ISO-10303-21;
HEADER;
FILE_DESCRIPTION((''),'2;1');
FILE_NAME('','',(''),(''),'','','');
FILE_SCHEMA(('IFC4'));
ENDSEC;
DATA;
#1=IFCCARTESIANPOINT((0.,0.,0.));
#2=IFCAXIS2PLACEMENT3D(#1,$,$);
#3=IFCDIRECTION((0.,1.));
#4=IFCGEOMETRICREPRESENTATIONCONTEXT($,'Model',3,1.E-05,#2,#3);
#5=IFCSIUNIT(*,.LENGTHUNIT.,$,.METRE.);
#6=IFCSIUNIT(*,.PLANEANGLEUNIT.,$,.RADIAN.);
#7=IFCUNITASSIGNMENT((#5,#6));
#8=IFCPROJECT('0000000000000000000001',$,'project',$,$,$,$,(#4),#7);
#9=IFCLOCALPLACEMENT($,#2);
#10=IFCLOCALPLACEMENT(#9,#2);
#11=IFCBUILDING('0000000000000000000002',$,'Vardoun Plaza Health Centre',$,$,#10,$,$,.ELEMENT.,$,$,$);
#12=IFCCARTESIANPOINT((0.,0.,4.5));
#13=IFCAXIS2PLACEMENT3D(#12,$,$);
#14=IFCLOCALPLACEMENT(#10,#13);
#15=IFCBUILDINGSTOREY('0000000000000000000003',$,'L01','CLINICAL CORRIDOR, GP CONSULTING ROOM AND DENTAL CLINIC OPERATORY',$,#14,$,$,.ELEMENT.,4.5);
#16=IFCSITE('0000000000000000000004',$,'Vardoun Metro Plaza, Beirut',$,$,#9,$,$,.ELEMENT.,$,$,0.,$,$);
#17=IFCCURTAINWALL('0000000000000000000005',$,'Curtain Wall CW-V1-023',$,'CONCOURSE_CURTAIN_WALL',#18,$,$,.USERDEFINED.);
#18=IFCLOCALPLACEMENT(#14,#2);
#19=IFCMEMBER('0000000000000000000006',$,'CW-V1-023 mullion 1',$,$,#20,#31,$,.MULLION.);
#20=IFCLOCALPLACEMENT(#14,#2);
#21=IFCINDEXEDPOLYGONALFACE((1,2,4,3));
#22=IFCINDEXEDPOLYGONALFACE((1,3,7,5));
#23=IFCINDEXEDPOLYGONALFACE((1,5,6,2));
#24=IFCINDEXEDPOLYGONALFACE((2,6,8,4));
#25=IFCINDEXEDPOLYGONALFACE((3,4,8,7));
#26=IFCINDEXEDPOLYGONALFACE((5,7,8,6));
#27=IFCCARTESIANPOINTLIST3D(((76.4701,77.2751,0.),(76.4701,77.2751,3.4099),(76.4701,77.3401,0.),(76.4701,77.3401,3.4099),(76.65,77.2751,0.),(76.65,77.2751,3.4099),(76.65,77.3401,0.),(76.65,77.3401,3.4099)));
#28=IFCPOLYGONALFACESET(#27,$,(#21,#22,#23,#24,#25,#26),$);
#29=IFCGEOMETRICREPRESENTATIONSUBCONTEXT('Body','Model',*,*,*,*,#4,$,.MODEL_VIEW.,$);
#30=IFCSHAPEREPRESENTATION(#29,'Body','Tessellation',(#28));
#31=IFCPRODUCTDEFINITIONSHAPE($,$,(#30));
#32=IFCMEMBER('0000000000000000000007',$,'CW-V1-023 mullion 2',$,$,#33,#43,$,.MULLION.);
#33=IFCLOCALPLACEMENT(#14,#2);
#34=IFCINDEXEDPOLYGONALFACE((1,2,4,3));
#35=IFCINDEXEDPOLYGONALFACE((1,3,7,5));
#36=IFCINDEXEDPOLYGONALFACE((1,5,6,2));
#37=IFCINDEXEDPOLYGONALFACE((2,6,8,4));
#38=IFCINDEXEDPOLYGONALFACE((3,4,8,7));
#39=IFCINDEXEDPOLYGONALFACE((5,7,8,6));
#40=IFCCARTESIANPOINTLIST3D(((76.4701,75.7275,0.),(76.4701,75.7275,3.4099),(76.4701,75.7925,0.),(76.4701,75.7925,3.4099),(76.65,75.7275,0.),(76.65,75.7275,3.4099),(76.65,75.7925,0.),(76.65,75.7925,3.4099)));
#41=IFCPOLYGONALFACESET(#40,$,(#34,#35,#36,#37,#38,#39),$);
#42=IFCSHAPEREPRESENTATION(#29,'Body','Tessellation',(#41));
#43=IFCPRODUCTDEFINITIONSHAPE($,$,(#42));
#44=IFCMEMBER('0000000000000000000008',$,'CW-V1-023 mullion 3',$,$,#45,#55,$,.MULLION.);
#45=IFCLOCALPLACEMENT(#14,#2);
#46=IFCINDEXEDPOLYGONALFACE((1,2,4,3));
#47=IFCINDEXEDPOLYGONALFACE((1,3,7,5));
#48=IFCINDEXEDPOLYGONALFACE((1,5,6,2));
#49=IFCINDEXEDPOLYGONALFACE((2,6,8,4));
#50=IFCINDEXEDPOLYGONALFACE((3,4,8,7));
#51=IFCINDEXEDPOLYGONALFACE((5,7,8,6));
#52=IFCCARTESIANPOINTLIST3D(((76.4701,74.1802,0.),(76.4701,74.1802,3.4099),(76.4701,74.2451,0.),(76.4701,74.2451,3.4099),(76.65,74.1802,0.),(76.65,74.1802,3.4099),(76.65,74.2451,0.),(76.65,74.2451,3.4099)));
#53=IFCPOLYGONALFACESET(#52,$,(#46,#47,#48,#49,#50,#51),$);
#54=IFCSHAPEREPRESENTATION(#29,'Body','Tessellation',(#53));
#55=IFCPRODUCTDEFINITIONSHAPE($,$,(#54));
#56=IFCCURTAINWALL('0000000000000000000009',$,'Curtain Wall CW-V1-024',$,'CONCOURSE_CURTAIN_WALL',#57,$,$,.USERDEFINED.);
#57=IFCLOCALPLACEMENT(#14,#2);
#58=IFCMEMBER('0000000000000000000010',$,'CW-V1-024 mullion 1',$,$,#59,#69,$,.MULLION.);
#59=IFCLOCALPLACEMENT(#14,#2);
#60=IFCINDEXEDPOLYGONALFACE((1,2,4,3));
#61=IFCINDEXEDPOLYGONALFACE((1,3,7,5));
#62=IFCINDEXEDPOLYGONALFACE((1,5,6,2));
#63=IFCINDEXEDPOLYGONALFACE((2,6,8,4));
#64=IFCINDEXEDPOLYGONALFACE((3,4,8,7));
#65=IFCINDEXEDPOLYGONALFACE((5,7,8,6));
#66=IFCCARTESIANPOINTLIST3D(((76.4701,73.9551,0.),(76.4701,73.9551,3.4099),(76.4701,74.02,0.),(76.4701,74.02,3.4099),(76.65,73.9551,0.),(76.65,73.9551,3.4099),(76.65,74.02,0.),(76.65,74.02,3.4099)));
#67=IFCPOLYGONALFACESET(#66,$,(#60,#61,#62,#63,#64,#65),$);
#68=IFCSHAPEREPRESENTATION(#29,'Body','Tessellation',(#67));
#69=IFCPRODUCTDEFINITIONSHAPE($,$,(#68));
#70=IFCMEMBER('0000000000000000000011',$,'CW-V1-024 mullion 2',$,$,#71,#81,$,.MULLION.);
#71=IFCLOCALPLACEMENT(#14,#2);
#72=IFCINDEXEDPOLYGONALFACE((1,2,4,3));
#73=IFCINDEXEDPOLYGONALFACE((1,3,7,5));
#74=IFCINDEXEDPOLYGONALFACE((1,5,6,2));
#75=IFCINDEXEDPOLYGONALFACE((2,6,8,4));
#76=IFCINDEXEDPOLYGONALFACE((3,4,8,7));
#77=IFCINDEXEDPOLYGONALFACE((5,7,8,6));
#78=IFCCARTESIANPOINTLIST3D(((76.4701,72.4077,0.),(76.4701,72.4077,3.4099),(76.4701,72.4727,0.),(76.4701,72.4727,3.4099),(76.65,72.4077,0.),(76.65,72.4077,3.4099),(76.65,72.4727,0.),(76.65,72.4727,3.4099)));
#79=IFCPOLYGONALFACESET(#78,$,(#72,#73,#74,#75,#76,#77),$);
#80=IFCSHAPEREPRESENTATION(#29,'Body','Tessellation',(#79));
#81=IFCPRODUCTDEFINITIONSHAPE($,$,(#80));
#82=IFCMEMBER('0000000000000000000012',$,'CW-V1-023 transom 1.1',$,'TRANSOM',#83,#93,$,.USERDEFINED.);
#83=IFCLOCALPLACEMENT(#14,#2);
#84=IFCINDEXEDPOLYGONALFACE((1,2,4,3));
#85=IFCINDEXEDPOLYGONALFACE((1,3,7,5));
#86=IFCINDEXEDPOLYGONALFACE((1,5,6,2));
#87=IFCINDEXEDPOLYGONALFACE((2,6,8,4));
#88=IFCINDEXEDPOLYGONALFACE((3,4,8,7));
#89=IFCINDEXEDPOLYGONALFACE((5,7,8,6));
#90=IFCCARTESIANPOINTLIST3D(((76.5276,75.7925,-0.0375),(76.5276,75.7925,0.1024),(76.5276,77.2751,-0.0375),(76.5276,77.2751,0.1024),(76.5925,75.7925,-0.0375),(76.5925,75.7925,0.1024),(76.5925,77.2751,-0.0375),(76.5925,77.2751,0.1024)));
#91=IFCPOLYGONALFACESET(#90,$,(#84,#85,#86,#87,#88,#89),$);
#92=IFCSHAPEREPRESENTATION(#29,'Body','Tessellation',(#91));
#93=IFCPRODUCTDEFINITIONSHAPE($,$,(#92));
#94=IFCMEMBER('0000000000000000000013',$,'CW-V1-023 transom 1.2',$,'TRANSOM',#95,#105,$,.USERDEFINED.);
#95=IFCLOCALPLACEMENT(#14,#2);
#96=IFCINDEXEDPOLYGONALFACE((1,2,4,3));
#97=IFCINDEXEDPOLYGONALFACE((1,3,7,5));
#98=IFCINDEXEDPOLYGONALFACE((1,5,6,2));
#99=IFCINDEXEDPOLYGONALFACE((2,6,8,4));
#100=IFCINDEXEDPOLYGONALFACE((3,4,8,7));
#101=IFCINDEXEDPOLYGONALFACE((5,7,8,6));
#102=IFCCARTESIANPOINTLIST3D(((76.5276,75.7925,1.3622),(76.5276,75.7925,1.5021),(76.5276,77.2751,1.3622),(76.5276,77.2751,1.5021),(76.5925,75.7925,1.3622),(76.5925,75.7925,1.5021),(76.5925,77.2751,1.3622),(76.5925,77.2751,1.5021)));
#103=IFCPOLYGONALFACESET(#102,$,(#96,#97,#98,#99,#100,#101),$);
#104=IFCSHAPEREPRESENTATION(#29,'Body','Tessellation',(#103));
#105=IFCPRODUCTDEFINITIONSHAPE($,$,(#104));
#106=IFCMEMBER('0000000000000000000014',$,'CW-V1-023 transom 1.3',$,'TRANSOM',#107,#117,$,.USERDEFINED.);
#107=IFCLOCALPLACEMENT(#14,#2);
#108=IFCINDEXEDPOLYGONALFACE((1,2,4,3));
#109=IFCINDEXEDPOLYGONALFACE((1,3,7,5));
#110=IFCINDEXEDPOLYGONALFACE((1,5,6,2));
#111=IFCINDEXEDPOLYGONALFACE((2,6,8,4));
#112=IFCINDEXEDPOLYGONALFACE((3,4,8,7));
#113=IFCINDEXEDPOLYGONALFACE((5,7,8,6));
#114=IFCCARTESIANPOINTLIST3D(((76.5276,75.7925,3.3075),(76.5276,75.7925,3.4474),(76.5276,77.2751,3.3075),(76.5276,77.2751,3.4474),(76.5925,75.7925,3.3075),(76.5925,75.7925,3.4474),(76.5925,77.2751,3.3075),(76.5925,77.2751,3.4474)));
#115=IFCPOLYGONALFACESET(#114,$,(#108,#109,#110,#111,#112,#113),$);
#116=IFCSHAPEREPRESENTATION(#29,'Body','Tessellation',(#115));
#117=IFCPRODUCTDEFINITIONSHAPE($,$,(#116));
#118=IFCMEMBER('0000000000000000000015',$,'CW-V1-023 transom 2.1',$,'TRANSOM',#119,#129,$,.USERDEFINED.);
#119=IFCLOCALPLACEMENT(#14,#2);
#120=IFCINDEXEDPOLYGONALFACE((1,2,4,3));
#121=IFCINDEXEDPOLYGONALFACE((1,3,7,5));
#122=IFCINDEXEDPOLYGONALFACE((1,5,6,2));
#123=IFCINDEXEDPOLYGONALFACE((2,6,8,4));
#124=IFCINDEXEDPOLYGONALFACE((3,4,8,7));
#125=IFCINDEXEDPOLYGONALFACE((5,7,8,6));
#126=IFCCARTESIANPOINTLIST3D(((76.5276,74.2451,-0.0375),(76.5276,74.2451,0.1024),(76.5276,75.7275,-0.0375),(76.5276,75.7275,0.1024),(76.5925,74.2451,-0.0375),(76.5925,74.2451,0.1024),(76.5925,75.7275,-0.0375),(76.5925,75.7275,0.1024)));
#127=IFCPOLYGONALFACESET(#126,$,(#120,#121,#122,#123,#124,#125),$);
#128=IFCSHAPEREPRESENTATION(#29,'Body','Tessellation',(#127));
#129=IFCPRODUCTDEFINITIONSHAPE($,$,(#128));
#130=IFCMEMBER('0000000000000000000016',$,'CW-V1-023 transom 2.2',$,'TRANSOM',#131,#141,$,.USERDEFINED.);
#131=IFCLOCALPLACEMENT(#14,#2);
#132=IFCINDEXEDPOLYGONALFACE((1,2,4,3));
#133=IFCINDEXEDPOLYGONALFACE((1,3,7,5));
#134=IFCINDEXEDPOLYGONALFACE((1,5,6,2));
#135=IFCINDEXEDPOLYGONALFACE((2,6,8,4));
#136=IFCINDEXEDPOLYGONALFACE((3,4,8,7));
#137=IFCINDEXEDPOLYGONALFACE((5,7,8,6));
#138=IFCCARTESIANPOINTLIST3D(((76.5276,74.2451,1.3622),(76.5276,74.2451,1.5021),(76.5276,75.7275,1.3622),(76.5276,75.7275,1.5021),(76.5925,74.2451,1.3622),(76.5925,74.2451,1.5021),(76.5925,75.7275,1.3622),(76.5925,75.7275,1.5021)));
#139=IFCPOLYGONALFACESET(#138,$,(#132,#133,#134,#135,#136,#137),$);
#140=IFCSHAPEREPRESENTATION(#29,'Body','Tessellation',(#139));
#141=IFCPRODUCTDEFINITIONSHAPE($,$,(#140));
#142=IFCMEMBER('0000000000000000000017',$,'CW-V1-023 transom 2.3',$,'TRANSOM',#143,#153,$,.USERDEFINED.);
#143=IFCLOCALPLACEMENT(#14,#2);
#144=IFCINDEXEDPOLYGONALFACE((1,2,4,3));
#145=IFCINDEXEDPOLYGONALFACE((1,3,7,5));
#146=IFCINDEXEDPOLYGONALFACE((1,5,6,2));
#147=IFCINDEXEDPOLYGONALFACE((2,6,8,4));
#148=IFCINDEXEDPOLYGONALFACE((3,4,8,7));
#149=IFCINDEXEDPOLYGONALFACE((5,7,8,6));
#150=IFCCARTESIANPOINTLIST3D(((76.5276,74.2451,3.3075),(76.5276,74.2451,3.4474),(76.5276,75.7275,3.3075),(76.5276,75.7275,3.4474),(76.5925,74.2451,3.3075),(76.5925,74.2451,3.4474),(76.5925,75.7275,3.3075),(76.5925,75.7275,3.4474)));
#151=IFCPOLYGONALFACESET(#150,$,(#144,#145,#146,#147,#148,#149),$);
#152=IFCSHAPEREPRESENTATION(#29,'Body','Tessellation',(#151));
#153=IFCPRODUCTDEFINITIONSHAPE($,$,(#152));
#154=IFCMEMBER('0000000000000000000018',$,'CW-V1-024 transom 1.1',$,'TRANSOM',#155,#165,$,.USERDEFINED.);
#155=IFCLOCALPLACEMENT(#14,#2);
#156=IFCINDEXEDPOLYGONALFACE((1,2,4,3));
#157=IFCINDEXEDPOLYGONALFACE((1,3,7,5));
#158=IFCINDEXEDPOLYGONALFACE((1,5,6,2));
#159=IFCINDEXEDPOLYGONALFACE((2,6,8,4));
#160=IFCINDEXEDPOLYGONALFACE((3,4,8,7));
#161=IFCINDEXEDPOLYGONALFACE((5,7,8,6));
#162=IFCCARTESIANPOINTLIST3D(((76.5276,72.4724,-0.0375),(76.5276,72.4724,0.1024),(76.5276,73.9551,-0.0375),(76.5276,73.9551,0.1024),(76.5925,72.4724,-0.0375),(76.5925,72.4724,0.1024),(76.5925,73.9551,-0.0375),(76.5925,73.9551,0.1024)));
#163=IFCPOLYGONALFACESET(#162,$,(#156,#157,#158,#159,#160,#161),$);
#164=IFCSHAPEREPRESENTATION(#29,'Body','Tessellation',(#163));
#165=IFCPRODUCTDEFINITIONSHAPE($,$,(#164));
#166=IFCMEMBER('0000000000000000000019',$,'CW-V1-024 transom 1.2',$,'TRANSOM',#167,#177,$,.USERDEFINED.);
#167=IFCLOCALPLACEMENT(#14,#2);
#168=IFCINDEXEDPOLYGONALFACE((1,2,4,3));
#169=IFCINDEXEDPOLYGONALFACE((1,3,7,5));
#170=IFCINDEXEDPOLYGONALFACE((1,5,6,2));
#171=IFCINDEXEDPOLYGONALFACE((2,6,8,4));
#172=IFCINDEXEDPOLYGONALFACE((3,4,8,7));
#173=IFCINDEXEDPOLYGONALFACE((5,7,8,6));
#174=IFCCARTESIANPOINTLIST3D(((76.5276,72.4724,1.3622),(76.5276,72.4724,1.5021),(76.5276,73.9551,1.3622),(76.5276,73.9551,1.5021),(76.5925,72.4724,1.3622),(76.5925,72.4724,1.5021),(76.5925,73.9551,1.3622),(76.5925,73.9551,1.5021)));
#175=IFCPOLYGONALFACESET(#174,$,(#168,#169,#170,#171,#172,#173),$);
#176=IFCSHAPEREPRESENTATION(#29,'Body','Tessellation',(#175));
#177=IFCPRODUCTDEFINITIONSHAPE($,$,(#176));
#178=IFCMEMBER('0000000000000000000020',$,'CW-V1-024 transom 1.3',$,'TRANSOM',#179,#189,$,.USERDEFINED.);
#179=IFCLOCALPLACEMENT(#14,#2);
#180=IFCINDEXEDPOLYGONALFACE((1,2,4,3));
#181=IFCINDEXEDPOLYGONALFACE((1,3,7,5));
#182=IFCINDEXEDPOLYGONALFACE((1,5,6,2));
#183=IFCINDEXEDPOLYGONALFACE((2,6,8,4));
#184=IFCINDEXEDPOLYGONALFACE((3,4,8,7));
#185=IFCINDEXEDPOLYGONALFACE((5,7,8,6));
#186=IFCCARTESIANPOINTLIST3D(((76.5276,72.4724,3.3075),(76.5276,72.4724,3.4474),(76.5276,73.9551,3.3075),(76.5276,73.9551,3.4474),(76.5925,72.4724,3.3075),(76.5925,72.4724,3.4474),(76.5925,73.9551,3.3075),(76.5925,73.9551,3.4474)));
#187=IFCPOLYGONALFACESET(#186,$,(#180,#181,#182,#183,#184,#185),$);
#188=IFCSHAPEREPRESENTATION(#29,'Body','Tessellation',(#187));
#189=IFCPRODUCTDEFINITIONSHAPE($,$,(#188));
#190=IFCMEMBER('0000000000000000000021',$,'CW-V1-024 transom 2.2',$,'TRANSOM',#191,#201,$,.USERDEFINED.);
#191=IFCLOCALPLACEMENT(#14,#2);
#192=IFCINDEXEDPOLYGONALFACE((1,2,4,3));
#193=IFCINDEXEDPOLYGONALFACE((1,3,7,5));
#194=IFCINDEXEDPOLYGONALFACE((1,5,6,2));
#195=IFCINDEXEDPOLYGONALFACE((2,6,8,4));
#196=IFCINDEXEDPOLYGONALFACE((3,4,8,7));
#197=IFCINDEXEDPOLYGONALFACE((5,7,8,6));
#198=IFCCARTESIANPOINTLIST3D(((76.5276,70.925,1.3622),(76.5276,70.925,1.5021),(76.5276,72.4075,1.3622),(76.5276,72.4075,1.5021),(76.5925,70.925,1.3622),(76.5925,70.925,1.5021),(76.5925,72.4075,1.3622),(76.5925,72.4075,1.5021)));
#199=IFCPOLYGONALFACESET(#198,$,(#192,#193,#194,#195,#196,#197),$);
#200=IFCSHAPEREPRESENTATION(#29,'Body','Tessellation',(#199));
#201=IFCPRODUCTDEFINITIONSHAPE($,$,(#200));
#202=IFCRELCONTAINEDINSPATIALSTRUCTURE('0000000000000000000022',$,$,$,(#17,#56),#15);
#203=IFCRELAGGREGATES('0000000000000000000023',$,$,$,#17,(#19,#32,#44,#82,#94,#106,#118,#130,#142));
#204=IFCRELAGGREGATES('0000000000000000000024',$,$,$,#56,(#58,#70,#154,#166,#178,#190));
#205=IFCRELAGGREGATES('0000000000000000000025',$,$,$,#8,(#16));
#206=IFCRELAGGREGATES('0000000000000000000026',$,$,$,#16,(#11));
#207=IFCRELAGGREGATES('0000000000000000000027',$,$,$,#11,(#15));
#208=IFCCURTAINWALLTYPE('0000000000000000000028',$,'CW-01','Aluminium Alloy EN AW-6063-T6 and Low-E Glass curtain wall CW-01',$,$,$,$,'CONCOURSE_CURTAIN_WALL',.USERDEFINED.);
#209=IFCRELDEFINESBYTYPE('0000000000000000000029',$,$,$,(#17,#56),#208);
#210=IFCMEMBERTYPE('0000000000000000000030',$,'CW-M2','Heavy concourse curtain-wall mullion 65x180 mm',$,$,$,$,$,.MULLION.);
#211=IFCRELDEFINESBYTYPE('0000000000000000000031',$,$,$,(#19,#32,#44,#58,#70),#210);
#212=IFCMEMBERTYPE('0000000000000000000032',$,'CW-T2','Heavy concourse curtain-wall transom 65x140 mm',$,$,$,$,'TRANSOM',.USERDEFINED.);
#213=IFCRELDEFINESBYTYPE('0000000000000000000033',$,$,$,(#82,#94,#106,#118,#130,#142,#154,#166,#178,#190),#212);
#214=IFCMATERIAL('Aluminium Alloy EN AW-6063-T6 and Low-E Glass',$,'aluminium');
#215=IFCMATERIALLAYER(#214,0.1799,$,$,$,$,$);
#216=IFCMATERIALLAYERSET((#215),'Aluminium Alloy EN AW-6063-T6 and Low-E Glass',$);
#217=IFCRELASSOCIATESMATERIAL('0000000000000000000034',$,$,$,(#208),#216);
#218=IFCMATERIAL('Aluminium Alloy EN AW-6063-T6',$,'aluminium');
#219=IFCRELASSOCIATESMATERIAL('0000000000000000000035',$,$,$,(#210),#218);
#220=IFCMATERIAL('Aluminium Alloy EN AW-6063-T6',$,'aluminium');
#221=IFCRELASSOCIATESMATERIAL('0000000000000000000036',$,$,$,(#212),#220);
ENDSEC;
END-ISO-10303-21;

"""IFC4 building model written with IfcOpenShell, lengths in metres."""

from ifc_helpers import new_model, si_unit, direction, frame, origin, origin_2d, place, context, subcontext, project, spatial, rectangle, extrude, material, layer, layer_set, material_profile, profile_set, type_object, element, aggregate, save


model = new_model("IFC4")

# Units and contexts
model_context = context("Model", 3, precision=1e-05, world=origin(), true_north=direction((0.0, 1.0)))
body_context = subcontext(model_context, "Body", "Model", "MODEL_VIEW")
ifc_project = project(units=[si_unit("LENGTHUNIT", "METRE"), si_unit("PLANEANGLEUNIT", "RADIAN")], contexts=[model_context])

# Site, building, storey
site_placement = place(None, origin())
site = spatial("IfcSite", under=ifc_project, at=site_placement, Name="Vardoun Metro Plaza, Beirut", CompositionType="ELEMENT", RefElevation=0.0)
building_placement = place(site_placement, origin())
building = spatial("IfcBuilding", under=site, at=building_placement, Name="Vardoun Plaza Health Centre", CompositionType="ELEMENT")
storey_placement = place(building_placement, frame((0.0, 0.0, 4.5)))
storey = spatial("IfcBuildingStorey", under=building, at=storey_placement, Name="L01", Description="CLINICAL CORRIDOR, GP CONSULTING ROOM AND DENTAL CLINIC OPERATORY", CompositionType="ELEMENT", Elevation=4.5)

# Curtain walls, members
ifc_material_1 = material(Name="Aluminium Alloy EN AW-6063-T6 and Low-E Glass", Category="aluminium")
ifc_layer_1 = layer(ifc_material_1, 0.1799)
ifc_layer_set_1 = layer_set([ifc_layer_1], Name="Aluminium Alloy EN AW-6063-T6 and Low-E Glass")
curtain_wall_type = type_object("IfcCurtainWallType", Name="CW-01", Description="Aluminium Alloy EN AW-6063-T6 and Low-E Glass curtain wall CW-01", ElementType="CONCOURSE_CURTAIN_WALL", PredefinedType="USERDEFINED", material=ifc_layer_set_1)
curtain_wall_1_placement = place(storey_placement, origin())
curtain_wall_1 = element("IfcCurtainWall", 1, at=curtain_wall_1_placement, inside=storey, type_object=curtain_wall_type, Name="Curtain Wall CW-V1-023", ObjectType="CONCOURSE_CURTAIN_WALL", PredefinedType="USERDEFINED")
ifc_material_2 = material(Name="Aluminium Alloy EN AW-6063-T6", Category="aluminium")
ifc_material_profile_1 = material_profile(ifc_material_2, rectangle(XDim=0.1799, YDim=0.0649, at=origin_2d()), Name="CWM 65x180")
ifc_profile_set_1 = profile_set([ifc_material_profile_1], Name="Aluminium Alloy EN AW-6063-T6")
member_type_1 = type_object("IfcMemberType", Name="CW-M2", Description="Heavy concourse curtain-wall mullion 65x180 mm", PredefinedType="MULLION", material=ifc_profile_set_1)
member_1_placement = place(storey_placement, frame((76.5601, 77.3076, 0.0), z_axis=(0.0, 0.0, 1.0), x_axis=(1.0, 0.0, 0.0)))
member_1 = element("IfcMember", 2, at=member_1_placement, type_object=member_type_1, Name="CW-V1-023 mullion 1", PredefinedType="MULLION", context=body_context, shape_type="SweptSolid", body=[
    extrude(rectangle(XDim=0.1799, YDim=0.0649, at=origin_2d()), origin(), (0.0, 0.0, 1.0), 3.4099),
])
member_2_placement = place(storey_placement, frame((76.5601, 75.76, 0.0), z_axis=(0.0, 0.0, 1.0), x_axis=(1.0, 0.0, 0.0)))
member_2 = element("IfcMember", 3, at=member_2_placement, type_object=member_type_1, Name="CW-V1-023 mullion 2", PredefinedType="MULLION", context=body_context, shape_type="SweptSolid", body=[
    extrude(rectangle(XDim=0.1799, YDim=0.0649, at=origin_2d()), origin(), (0.0, 0.0, 1.0), 3.4099),
])
member_3_placement = place(storey_placement, frame((76.5601, 74.2126, 0.0), z_axis=(0.0, 0.0, 1.0), x_axis=(1.0, 0.0, 0.0)))
member_3 = element("IfcMember", 4, at=member_3_placement, type_object=member_type_1, Name="CW-V1-023 mullion 3", PredefinedType="MULLION", context=body_context, shape_type="SweptSolid", body=[
    extrude(rectangle(XDim=0.1799, YDim=0.0649, at=origin_2d()), origin(), (0.0, 0.0, 1.0), 3.4099),
])
curtain_wall_2_placement = place(storey_placement, origin())
curtain_wall_2 = element("IfcCurtainWall", 5, at=curtain_wall_2_placement, inside=storey, type_object=curtain_wall_type, Name="Curtain Wall CW-V1-024", ObjectType="CONCOURSE_CURTAIN_WALL", PredefinedType="USERDEFINED")
member_4_placement = place(storey_placement, frame((76.5601, 73.9875, 0.0), z_axis=(0.0, 0.0, 1.0), x_axis=(1.0, 0.0, 0.0)))
member_4 = element("IfcMember", 6, at=member_4_placement, type_object=member_type_1, Name="CW-V1-024 mullion 1", PredefinedType="MULLION", context=body_context, shape_type="SweptSolid", body=[
    extrude(rectangle(XDim=0.1799, YDim=0.0649, at=origin_2d()), origin(), (0.0, 0.0, 1.0), 3.4099),
])
member_5_placement = place(storey_placement, frame((76.5601, 72.4402, 0.0), z_axis=(0.0, 0.0, 1.0), x_axis=(1.0, 0.0, 0.0)))
member_5 = element("IfcMember", 7, at=member_5_placement, type_object=member_type_1, Name="CW-V1-024 mullion 2", PredefinedType="MULLION", context=body_context, shape_type="SweptSolid", body=[
    extrude(rectangle(XDim=0.1799, YDim=0.0649, at=origin_2d()), origin(), (0.0, 0.0, 1.0), 3.4099),
])

# Members
ifc_material_3 = material(Name="Aluminium Alloy EN AW-6063-T6", Category="aluminium")
ifc_material_profile_2 = material_profile(ifc_material_3, rectangle(XDim=0.0649, YDim=0.1399, at=origin_2d()), Name="CWT 65x140")
ifc_profile_set_2 = profile_set([ifc_material_profile_2], Name="Aluminium Alloy EN AW-6063-T6")
member_type_2 = type_object("IfcMemberType", Name="CW-T2", Description="Heavy concourse curtain-wall transom 65x140 mm", ElementType="TRANSOM", PredefinedType="USERDEFINED", material=ifc_profile_set_2)
member_6_placement = place(storey_placement, frame((76.5601, 77.2751, 0.0325), z_axis=(0.0, -1.0, 0.0), x_axis=(1.0, 0.0, 0.0)))
member_6 = element("IfcMember", 8, at=member_6_placement, type_object=member_type_2, Name="CW-V1-023 transom 1.1", ObjectType="TRANSOM", PredefinedType="USERDEFINED", context=body_context, shape_type="SweptSolid", body=[
    extrude(rectangle(XDim=0.0649, YDim=0.1399, at=origin_2d()), origin(), (0.0, 0.0, 1.0), 1.4827),
])
member_7_placement = place(storey_placement, frame((76.5601, 77.2751, 1.4321), z_axis=(0.0, -1.0, 0.0), x_axis=(1.0, 0.0, 0.0)))
member_7 = element("IfcMember", 9, at=member_7_placement, type_object=member_type_2, Name="CW-V1-023 transom 1.2", ObjectType="TRANSOM", PredefinedType="USERDEFINED", context=body_context, shape_type="SweptSolid", body=[
    extrude(rectangle(XDim=0.0649, YDim=0.1399, at=origin_2d()), origin(), (0.0, 0.0, 1.0), 1.4827),
])
member_8_placement = place(storey_placement, frame((76.5601, 77.2751, 3.3774), z_axis=(0.0, -1.0, 0.0), x_axis=(1.0, 0.0, 0.0)))
member_8 = element("IfcMember", 10, at=member_8_placement, type_object=member_type_2, Name="CW-V1-023 transom 1.3", ObjectType="TRANSOM", PredefinedType="USERDEFINED", context=body_context, shape_type="SweptSolid", body=[
    extrude(rectangle(XDim=0.0649, YDim=0.1399, at=origin_2d()), origin(), (0.0, 0.0, 1.0), 1.4827),
])
member_9_placement = place(storey_placement, frame((76.5601, 75.7275, 0.0325), z_axis=(0.0, -1.0, 0.0), x_axis=(1.0, 0.0, 0.0)))
member_9 = element("IfcMember", 11, at=member_9_placement, type_object=member_type_2, Name="CW-V1-023 transom 2.1", ObjectType="TRANSOM", PredefinedType="USERDEFINED", context=body_context, shape_type="SweptSolid", body=[
    extrude(rectangle(XDim=0.0649, YDim=0.1399, at=origin_2d()), origin(), (0.0, 0.0, 1.0), 1.4824),
])
member_10_placement = place(storey_placement, frame((76.5601, 75.7275, 1.4321), z_axis=(0.0, -1.0, 0.0), x_axis=(1.0, 0.0, 0.0)))
member_10 = element("IfcMember", 12, at=member_10_placement, type_object=member_type_2, Name="CW-V1-023 transom 2.2", ObjectType="TRANSOM", PredefinedType="USERDEFINED", context=body_context, shape_type="SweptSolid", body=[
    extrude(rectangle(XDim=0.0649, YDim=0.1399, at=origin_2d()), origin(), (0.0, 0.0, 1.0), 1.4824),
])
member_11_placement = place(storey_placement, frame((76.5601, 75.7275, 3.3774), z_axis=(0.0, -1.0, 0.0), x_axis=(1.0, 0.0, 0.0)))
member_11 = element("IfcMember", 13, at=member_11_placement, type_object=member_type_2, Name="CW-V1-023 transom 2.3", ObjectType="TRANSOM", PredefinedType="USERDEFINED", context=body_context, shape_type="SweptSolid", body=[
    extrude(rectangle(XDim=0.0649, YDim=0.1399, at=origin_2d()), origin(), (0.0, 0.0, 1.0), 1.4824),
])
member_12_placement = place(storey_placement, frame((76.5601, 73.9551, 0.0325), z_axis=(0.0, -1.0, 0.0), x_axis=(1.0, 0.0, 0.0)))
member_12 = element("IfcMember", 14, at=member_12_placement, type_object=member_type_2, Name="CW-V1-024 transom 1.1", ObjectType="TRANSOM", PredefinedType="USERDEFINED", context=body_context, shape_type="SweptSolid", body=[
    extrude(rectangle(XDim=0.0649, YDim=0.1399, at=origin_2d()), origin(), (0.0, 0.0, 1.0), 1.4827),
])
member_13_placement = place(storey_placement, frame((76.5601, 73.9551, 1.4321), z_axis=(0.0, -1.0, 0.0), x_axis=(1.0, 0.0, 0.0)))
member_13 = element("IfcMember", 15, at=member_13_placement, type_object=member_type_2, Name="CW-V1-024 transom 1.2", ObjectType="TRANSOM", PredefinedType="USERDEFINED", context=body_context, shape_type="SweptSolid", body=[
    extrude(rectangle(XDim=0.0649, YDim=0.1399, at=origin_2d()), origin(), (0.0, 0.0, 1.0), 1.4827),
])
member_14_placement = place(storey_placement, frame((76.5601, 73.9551, 3.3774), z_axis=(0.0, -1.0, 0.0), x_axis=(1.0, 0.0, 0.0)))
member_14 = element("IfcMember", 16, at=member_14_placement, type_object=member_type_2, Name="CW-V1-024 transom 1.3", ObjectType="TRANSOM", PredefinedType="USERDEFINED", context=body_context, shape_type="SweptSolid", body=[
    extrude(rectangle(XDim=0.0649, YDim=0.1399, at=origin_2d()), origin(), (0.0, 0.0, 1.0), 1.4827),
])
member_15_placement = place(storey_placement, frame((76.5601, 72.4075, 1.4321), z_axis=(0.0, -1.0, 0.0), x_axis=(1.0, 0.0, 0.0)))
member_15 = element("IfcMember", 17, at=member_15_placement, type_object=member_type_2, Name="CW-V1-024 transom 2.2", ObjectType="TRANSOM", PredefinedType="USERDEFINED", context=body_context, shape_type="SweptSolid", body=[
    extrude(rectangle(XDim=0.0649, YDim=0.1399, at=origin_2d()), origin(), (0.0, 0.0, 1.0), 1.4824),
])

aggregate(curtain_wall_1, [member_1, member_2, member_3, member_6, member_7, member_8, member_9, member_10, member_11])
aggregate(curtain_wall_2, [member_4, member_5, member_12, member_13, member_14, member_15])

save(model, "model.ifc")
